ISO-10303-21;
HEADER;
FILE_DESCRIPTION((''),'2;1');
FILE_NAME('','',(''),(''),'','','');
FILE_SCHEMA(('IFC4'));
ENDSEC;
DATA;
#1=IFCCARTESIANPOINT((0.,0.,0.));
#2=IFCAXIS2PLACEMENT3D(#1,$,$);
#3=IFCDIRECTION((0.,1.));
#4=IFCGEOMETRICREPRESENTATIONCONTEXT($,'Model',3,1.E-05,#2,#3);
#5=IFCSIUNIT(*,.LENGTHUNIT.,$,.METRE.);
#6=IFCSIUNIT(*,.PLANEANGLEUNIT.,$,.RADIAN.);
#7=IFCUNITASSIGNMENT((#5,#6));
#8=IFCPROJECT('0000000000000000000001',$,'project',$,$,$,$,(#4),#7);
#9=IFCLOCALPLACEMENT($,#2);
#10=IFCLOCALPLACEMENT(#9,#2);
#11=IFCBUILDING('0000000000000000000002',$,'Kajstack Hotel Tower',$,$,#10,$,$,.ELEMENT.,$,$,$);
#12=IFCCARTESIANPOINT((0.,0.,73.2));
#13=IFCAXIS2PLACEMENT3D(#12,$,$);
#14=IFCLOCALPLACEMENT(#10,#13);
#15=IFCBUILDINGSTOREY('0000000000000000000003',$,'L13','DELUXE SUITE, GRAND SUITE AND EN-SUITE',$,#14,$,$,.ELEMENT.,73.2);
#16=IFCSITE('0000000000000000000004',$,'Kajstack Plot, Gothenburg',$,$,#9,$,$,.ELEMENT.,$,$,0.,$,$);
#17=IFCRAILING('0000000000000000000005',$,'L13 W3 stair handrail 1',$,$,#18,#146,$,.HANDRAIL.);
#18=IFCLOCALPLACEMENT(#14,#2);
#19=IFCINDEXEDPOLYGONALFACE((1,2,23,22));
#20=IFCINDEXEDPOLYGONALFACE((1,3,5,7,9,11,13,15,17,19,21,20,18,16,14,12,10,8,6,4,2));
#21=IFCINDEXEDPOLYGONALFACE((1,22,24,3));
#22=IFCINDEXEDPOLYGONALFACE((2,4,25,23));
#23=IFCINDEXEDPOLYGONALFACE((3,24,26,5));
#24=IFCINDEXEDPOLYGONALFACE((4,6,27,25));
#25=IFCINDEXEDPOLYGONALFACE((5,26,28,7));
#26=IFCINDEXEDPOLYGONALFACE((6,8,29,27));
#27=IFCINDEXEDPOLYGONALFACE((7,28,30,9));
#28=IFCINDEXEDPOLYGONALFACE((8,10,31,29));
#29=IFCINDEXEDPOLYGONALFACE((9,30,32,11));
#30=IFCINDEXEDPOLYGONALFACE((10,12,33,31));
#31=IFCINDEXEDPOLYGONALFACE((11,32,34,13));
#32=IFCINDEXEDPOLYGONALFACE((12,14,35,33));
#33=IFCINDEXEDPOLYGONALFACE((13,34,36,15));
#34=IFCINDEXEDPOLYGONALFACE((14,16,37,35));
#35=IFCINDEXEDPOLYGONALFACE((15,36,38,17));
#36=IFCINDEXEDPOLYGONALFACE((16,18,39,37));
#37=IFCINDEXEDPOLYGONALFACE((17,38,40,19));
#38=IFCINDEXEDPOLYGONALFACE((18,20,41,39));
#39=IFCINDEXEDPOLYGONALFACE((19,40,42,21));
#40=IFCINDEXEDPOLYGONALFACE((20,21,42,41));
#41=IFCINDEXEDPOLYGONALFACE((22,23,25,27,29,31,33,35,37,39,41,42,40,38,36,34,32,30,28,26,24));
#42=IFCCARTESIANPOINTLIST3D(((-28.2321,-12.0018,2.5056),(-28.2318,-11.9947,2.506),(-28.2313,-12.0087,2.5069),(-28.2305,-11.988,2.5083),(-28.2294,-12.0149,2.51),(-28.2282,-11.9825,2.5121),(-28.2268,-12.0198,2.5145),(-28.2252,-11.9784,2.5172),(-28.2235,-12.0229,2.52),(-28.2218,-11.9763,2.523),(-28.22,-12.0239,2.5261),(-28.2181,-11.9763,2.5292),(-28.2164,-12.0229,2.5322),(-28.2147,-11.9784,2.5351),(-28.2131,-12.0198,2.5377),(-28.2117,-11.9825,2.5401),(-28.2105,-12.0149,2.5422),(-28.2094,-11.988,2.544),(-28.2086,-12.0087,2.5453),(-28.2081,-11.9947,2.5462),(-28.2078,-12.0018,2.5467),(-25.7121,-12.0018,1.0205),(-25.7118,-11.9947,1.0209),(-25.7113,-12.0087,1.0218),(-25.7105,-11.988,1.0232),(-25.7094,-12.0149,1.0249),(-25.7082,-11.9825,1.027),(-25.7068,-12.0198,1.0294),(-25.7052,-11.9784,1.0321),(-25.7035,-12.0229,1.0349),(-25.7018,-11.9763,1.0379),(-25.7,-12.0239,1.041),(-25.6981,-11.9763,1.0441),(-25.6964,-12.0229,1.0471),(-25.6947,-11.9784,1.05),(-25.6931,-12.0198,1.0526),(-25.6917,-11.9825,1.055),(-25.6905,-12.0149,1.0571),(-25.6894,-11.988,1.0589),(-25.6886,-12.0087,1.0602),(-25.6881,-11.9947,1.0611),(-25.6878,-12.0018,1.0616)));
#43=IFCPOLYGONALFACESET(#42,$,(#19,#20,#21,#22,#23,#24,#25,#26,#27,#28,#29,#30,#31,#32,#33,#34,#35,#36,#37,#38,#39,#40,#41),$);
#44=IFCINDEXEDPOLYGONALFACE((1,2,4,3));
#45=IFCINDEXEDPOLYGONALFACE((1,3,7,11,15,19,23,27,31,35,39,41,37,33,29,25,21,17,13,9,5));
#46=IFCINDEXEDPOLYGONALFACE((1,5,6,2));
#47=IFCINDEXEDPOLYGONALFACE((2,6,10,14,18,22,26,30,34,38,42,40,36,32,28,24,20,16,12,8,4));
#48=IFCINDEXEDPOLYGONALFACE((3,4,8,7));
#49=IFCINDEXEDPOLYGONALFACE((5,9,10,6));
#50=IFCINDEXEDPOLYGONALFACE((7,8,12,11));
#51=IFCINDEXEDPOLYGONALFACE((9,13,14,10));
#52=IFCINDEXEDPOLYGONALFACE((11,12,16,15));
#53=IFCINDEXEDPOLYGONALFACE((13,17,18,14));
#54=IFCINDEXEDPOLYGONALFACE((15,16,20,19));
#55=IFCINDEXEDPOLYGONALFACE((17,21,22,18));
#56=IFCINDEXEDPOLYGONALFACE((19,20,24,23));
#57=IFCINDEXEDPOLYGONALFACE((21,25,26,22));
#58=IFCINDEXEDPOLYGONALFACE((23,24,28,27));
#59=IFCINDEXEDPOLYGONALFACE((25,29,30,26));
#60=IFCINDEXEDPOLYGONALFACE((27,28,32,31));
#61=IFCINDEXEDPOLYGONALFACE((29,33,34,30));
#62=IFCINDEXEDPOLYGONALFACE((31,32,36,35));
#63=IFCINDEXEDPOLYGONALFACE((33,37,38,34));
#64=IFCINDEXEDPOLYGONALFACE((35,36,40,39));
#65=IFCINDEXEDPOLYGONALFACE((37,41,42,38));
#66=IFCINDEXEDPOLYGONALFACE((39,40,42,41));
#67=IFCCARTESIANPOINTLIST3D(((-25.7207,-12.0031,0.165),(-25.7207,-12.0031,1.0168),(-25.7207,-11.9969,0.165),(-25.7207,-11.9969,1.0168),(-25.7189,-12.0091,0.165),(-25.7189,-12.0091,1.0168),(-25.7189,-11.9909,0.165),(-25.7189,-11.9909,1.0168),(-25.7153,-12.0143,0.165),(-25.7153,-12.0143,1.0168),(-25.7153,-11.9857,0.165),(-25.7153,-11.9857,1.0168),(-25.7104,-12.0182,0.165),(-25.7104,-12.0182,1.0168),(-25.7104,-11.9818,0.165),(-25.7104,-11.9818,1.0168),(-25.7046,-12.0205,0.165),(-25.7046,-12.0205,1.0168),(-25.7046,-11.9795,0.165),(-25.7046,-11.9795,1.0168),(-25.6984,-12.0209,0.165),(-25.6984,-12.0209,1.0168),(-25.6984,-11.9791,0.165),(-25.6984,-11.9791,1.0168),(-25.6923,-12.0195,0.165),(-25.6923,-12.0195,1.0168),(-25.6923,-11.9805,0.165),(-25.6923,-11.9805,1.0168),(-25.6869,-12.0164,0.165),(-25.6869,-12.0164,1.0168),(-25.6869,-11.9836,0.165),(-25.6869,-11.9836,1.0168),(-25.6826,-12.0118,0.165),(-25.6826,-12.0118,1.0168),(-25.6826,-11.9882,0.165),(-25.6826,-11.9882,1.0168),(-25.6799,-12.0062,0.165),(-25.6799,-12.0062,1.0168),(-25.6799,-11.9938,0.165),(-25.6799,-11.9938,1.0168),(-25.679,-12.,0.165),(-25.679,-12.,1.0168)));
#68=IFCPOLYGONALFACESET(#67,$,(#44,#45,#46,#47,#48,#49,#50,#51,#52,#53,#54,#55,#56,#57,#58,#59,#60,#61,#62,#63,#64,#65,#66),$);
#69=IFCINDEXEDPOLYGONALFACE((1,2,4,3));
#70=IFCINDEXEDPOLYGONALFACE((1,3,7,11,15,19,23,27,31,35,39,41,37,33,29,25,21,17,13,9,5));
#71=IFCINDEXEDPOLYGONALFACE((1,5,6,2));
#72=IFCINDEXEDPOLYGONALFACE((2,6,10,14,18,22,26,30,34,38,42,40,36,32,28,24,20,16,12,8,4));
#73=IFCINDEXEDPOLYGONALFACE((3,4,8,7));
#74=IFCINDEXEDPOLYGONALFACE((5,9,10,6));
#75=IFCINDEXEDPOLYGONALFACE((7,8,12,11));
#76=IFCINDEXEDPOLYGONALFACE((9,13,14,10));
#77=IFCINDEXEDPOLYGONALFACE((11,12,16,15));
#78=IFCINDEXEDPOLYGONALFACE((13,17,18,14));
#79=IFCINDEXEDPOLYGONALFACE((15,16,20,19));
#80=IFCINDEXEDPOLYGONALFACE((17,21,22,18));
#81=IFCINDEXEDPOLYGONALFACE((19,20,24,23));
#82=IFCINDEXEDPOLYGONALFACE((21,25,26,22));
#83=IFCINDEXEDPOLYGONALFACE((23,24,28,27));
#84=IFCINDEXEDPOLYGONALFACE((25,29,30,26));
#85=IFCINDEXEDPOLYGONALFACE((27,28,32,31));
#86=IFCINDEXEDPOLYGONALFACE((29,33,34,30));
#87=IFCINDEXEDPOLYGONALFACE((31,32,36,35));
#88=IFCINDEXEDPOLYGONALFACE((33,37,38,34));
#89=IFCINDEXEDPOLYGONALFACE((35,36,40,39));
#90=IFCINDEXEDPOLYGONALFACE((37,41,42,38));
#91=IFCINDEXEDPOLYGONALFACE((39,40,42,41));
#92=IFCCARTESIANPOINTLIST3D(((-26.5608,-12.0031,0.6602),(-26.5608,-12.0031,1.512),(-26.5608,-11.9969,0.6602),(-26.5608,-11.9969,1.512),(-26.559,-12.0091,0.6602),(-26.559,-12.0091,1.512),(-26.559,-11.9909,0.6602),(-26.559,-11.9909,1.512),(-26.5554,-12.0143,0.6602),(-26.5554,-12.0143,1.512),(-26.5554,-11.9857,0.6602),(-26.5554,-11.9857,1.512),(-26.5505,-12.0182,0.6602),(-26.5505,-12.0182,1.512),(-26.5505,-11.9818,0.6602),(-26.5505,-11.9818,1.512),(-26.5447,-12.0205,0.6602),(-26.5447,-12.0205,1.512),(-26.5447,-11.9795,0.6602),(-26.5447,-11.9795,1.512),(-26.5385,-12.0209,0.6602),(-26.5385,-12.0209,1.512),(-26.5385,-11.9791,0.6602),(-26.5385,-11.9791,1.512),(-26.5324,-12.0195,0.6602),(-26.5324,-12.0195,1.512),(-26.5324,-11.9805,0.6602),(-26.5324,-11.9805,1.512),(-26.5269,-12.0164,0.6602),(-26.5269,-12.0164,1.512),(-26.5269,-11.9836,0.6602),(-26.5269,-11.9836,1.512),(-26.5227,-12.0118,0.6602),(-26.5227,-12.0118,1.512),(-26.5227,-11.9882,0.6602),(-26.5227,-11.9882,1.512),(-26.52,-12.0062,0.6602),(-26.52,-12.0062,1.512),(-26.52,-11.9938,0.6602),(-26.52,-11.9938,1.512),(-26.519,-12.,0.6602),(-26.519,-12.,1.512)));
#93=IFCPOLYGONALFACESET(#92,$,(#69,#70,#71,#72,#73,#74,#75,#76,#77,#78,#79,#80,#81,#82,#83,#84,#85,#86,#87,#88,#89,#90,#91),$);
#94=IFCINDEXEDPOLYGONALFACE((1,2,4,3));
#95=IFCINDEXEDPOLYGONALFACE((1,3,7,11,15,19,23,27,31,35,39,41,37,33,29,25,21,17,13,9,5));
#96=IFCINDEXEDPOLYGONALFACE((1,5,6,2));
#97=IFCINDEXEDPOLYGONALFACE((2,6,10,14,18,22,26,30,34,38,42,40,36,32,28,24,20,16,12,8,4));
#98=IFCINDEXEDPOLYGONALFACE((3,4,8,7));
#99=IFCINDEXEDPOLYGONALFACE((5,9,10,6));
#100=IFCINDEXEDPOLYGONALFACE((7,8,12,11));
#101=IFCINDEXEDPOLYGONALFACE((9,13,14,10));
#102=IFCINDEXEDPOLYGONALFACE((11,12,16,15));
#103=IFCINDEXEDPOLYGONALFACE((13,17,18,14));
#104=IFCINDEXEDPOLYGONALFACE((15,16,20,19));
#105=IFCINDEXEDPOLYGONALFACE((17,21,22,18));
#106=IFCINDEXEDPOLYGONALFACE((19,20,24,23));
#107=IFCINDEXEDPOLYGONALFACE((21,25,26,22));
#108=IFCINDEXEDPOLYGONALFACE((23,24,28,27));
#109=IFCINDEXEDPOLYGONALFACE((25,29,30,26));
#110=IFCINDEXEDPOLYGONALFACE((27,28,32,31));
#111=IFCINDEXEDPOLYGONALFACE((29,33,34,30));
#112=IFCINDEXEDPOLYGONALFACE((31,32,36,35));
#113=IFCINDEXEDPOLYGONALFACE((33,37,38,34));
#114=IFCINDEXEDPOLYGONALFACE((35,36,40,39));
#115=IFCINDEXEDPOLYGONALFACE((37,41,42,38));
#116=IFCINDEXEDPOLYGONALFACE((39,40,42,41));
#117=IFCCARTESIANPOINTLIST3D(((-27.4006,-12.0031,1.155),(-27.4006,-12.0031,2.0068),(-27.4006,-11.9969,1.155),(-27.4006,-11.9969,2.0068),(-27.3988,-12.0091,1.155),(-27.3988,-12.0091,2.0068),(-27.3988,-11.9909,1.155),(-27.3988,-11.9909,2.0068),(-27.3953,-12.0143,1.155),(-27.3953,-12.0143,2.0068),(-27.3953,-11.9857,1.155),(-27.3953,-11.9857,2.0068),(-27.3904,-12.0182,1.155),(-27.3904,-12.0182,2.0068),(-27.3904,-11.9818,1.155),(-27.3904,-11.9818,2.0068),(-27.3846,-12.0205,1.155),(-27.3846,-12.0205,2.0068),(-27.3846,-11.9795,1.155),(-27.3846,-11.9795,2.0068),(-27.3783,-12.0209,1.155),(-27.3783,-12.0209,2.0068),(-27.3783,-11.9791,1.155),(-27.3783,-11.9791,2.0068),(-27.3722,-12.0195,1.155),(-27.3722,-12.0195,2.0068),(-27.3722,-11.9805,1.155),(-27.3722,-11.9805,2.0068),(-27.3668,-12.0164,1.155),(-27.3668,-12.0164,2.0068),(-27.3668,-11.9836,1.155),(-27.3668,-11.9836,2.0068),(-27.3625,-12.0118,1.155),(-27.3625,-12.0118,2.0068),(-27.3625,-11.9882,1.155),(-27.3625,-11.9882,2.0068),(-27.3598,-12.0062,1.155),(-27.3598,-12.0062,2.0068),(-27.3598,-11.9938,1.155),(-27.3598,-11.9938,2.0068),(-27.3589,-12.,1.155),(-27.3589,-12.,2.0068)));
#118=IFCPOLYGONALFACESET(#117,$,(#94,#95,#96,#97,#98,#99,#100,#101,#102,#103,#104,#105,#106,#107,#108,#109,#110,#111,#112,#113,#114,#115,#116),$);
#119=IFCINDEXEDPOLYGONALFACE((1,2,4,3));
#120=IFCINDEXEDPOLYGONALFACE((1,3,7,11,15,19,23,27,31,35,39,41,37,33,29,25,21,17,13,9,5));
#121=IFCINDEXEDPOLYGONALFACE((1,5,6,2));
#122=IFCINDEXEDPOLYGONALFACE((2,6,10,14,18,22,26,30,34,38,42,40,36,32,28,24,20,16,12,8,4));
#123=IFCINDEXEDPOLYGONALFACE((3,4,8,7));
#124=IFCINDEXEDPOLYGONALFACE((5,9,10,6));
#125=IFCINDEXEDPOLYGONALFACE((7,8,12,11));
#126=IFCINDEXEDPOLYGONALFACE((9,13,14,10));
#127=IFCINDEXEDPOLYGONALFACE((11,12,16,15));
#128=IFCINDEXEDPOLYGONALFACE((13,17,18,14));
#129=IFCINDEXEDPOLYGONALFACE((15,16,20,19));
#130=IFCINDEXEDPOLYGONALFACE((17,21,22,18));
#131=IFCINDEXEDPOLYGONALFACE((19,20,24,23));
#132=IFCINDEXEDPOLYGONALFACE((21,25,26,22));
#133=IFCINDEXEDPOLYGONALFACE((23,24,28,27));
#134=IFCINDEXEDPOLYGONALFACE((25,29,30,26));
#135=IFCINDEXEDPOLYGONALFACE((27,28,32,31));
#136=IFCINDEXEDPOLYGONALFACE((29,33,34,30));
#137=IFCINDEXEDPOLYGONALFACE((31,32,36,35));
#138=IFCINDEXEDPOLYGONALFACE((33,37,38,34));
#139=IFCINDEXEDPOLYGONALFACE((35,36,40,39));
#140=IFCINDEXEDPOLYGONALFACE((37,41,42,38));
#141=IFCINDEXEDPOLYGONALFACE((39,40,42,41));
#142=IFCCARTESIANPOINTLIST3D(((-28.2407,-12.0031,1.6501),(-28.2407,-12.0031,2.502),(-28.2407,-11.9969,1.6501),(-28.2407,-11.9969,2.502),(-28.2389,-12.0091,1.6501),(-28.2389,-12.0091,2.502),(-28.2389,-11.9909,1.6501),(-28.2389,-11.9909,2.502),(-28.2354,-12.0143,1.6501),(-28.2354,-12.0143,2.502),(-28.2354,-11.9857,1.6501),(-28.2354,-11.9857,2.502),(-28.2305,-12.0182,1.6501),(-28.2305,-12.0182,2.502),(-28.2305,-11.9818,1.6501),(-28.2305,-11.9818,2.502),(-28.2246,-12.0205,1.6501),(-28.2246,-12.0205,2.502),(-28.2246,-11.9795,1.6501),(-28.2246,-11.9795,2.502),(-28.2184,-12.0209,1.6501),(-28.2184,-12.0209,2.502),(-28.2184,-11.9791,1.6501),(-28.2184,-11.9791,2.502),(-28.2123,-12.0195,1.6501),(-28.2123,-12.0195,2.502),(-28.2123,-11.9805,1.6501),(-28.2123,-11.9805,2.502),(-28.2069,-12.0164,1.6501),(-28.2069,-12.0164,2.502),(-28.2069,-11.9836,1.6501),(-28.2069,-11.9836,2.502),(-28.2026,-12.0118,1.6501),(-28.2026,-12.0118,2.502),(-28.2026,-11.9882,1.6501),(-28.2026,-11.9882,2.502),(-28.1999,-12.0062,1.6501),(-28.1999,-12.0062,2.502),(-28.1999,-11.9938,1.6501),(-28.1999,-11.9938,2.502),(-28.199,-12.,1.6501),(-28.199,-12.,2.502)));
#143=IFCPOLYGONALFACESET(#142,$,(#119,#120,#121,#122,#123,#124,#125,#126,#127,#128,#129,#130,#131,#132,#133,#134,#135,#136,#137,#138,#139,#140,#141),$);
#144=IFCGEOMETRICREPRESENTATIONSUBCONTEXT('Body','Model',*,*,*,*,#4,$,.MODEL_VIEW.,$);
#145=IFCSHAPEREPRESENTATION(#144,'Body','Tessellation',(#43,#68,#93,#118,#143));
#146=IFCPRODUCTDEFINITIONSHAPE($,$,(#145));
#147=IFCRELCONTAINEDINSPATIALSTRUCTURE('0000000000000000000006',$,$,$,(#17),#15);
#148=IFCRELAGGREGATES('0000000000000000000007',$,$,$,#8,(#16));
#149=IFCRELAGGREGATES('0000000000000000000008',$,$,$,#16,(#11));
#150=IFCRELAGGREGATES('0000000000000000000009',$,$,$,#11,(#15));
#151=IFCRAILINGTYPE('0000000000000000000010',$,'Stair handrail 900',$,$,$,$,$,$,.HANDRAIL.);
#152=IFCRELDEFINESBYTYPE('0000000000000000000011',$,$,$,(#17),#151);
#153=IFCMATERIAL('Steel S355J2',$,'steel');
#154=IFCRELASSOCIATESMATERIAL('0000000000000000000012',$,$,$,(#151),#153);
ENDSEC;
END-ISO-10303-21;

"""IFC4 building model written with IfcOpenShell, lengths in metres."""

from ifc_helpers import new_model, si_unit, direction, frame, origin, origin_2d, place, context, subcontext, project, spatial, circle, extrude, material, type_object, element, save


model = new_model("IFC4")

# Units and contexts
model_context = context("Model", 3, precision=1e-05, world=origin(), true_north=direction((0.0, 1.0)))
body_context = subcontext(model_context, "Body", "Model", "MODEL_VIEW")
ifc_project = project(units=[si_unit("LENGTHUNIT", "METRE"), si_unit("PLANEANGLEUNIT", "RADIAN")], contexts=[model_context])

# Site, building, storey
site_placement = place(None, origin())
site = spatial("IfcSite", under=ifc_project, at=site_placement, Name="Kajstack Plot, Gothenburg", CompositionType="ELEMENT", RefElevation=0.0)
building_placement = place(site_placement, origin())
building = spatial("IfcBuilding", under=site, at=building_placement, Name="Kajstack Hotel Tower", CompositionType="ELEMENT")
storey_placement = place(building_placement, frame((0.0, 0.0, 73.2)))
storey = spatial("IfcBuildingStorey", under=building, at=storey_placement, Name="L13", Description="DELUXE SUITE, GRAND SUITE AND EN-SUITE", CompositionType="ELEMENT", Elevation=73.2)

# Railing
ifc_material_1 = material(Name="Steel S355J2", Category="steel")
railing_type_1 = type_object("IfcRailingType", Name="Stair handrail 900", PredefinedType="HANDRAIL", material=ifc_material_1)
railing_1_placement = place(storey_placement, frame((-25.7, -12.0, 0.165)))
element("IfcRailing", 1, at=railing_1_placement, inside=storey, type_object=railing_type_1, Name="L13 W3 stair handrail 1", PredefinedType="HANDRAIL", context=body_context, shape_type="SweptSolid", body=[
    extrude(circle(Radius=0.0239, at=origin_2d()), frame((0.0, 0.0, 0.876), z_axis=(-0.861524, 0.0, 0.507717), x_axis=(0.0, -1.0, 0.0)), (0.0, 0.0, 1.0), 2.925),
    extrude(circle(Radius=0.021, at=origin_2d()), origin(), (0.0, 0.0, 1.0), 0.8518),
    extrude(circle(Radius=0.021, at=origin_2d()), frame((-0.8401, 0.0, 0.4951)), (0.0, 0.0, 1.0), 0.8518),
    extrude(circle(Radius=0.021, at=origin_2d()), frame((-1.6799, 0.0, 0.99)), (0.0, 0.0, 1.0), 0.8518),
    extrude(circle(Radius=0.021, at=origin_2d()), frame((-2.52, 0.0, 1.4851)), (0.0, 0.0, 1.0), 0.8518),
])

save(model, "model.ifc")
